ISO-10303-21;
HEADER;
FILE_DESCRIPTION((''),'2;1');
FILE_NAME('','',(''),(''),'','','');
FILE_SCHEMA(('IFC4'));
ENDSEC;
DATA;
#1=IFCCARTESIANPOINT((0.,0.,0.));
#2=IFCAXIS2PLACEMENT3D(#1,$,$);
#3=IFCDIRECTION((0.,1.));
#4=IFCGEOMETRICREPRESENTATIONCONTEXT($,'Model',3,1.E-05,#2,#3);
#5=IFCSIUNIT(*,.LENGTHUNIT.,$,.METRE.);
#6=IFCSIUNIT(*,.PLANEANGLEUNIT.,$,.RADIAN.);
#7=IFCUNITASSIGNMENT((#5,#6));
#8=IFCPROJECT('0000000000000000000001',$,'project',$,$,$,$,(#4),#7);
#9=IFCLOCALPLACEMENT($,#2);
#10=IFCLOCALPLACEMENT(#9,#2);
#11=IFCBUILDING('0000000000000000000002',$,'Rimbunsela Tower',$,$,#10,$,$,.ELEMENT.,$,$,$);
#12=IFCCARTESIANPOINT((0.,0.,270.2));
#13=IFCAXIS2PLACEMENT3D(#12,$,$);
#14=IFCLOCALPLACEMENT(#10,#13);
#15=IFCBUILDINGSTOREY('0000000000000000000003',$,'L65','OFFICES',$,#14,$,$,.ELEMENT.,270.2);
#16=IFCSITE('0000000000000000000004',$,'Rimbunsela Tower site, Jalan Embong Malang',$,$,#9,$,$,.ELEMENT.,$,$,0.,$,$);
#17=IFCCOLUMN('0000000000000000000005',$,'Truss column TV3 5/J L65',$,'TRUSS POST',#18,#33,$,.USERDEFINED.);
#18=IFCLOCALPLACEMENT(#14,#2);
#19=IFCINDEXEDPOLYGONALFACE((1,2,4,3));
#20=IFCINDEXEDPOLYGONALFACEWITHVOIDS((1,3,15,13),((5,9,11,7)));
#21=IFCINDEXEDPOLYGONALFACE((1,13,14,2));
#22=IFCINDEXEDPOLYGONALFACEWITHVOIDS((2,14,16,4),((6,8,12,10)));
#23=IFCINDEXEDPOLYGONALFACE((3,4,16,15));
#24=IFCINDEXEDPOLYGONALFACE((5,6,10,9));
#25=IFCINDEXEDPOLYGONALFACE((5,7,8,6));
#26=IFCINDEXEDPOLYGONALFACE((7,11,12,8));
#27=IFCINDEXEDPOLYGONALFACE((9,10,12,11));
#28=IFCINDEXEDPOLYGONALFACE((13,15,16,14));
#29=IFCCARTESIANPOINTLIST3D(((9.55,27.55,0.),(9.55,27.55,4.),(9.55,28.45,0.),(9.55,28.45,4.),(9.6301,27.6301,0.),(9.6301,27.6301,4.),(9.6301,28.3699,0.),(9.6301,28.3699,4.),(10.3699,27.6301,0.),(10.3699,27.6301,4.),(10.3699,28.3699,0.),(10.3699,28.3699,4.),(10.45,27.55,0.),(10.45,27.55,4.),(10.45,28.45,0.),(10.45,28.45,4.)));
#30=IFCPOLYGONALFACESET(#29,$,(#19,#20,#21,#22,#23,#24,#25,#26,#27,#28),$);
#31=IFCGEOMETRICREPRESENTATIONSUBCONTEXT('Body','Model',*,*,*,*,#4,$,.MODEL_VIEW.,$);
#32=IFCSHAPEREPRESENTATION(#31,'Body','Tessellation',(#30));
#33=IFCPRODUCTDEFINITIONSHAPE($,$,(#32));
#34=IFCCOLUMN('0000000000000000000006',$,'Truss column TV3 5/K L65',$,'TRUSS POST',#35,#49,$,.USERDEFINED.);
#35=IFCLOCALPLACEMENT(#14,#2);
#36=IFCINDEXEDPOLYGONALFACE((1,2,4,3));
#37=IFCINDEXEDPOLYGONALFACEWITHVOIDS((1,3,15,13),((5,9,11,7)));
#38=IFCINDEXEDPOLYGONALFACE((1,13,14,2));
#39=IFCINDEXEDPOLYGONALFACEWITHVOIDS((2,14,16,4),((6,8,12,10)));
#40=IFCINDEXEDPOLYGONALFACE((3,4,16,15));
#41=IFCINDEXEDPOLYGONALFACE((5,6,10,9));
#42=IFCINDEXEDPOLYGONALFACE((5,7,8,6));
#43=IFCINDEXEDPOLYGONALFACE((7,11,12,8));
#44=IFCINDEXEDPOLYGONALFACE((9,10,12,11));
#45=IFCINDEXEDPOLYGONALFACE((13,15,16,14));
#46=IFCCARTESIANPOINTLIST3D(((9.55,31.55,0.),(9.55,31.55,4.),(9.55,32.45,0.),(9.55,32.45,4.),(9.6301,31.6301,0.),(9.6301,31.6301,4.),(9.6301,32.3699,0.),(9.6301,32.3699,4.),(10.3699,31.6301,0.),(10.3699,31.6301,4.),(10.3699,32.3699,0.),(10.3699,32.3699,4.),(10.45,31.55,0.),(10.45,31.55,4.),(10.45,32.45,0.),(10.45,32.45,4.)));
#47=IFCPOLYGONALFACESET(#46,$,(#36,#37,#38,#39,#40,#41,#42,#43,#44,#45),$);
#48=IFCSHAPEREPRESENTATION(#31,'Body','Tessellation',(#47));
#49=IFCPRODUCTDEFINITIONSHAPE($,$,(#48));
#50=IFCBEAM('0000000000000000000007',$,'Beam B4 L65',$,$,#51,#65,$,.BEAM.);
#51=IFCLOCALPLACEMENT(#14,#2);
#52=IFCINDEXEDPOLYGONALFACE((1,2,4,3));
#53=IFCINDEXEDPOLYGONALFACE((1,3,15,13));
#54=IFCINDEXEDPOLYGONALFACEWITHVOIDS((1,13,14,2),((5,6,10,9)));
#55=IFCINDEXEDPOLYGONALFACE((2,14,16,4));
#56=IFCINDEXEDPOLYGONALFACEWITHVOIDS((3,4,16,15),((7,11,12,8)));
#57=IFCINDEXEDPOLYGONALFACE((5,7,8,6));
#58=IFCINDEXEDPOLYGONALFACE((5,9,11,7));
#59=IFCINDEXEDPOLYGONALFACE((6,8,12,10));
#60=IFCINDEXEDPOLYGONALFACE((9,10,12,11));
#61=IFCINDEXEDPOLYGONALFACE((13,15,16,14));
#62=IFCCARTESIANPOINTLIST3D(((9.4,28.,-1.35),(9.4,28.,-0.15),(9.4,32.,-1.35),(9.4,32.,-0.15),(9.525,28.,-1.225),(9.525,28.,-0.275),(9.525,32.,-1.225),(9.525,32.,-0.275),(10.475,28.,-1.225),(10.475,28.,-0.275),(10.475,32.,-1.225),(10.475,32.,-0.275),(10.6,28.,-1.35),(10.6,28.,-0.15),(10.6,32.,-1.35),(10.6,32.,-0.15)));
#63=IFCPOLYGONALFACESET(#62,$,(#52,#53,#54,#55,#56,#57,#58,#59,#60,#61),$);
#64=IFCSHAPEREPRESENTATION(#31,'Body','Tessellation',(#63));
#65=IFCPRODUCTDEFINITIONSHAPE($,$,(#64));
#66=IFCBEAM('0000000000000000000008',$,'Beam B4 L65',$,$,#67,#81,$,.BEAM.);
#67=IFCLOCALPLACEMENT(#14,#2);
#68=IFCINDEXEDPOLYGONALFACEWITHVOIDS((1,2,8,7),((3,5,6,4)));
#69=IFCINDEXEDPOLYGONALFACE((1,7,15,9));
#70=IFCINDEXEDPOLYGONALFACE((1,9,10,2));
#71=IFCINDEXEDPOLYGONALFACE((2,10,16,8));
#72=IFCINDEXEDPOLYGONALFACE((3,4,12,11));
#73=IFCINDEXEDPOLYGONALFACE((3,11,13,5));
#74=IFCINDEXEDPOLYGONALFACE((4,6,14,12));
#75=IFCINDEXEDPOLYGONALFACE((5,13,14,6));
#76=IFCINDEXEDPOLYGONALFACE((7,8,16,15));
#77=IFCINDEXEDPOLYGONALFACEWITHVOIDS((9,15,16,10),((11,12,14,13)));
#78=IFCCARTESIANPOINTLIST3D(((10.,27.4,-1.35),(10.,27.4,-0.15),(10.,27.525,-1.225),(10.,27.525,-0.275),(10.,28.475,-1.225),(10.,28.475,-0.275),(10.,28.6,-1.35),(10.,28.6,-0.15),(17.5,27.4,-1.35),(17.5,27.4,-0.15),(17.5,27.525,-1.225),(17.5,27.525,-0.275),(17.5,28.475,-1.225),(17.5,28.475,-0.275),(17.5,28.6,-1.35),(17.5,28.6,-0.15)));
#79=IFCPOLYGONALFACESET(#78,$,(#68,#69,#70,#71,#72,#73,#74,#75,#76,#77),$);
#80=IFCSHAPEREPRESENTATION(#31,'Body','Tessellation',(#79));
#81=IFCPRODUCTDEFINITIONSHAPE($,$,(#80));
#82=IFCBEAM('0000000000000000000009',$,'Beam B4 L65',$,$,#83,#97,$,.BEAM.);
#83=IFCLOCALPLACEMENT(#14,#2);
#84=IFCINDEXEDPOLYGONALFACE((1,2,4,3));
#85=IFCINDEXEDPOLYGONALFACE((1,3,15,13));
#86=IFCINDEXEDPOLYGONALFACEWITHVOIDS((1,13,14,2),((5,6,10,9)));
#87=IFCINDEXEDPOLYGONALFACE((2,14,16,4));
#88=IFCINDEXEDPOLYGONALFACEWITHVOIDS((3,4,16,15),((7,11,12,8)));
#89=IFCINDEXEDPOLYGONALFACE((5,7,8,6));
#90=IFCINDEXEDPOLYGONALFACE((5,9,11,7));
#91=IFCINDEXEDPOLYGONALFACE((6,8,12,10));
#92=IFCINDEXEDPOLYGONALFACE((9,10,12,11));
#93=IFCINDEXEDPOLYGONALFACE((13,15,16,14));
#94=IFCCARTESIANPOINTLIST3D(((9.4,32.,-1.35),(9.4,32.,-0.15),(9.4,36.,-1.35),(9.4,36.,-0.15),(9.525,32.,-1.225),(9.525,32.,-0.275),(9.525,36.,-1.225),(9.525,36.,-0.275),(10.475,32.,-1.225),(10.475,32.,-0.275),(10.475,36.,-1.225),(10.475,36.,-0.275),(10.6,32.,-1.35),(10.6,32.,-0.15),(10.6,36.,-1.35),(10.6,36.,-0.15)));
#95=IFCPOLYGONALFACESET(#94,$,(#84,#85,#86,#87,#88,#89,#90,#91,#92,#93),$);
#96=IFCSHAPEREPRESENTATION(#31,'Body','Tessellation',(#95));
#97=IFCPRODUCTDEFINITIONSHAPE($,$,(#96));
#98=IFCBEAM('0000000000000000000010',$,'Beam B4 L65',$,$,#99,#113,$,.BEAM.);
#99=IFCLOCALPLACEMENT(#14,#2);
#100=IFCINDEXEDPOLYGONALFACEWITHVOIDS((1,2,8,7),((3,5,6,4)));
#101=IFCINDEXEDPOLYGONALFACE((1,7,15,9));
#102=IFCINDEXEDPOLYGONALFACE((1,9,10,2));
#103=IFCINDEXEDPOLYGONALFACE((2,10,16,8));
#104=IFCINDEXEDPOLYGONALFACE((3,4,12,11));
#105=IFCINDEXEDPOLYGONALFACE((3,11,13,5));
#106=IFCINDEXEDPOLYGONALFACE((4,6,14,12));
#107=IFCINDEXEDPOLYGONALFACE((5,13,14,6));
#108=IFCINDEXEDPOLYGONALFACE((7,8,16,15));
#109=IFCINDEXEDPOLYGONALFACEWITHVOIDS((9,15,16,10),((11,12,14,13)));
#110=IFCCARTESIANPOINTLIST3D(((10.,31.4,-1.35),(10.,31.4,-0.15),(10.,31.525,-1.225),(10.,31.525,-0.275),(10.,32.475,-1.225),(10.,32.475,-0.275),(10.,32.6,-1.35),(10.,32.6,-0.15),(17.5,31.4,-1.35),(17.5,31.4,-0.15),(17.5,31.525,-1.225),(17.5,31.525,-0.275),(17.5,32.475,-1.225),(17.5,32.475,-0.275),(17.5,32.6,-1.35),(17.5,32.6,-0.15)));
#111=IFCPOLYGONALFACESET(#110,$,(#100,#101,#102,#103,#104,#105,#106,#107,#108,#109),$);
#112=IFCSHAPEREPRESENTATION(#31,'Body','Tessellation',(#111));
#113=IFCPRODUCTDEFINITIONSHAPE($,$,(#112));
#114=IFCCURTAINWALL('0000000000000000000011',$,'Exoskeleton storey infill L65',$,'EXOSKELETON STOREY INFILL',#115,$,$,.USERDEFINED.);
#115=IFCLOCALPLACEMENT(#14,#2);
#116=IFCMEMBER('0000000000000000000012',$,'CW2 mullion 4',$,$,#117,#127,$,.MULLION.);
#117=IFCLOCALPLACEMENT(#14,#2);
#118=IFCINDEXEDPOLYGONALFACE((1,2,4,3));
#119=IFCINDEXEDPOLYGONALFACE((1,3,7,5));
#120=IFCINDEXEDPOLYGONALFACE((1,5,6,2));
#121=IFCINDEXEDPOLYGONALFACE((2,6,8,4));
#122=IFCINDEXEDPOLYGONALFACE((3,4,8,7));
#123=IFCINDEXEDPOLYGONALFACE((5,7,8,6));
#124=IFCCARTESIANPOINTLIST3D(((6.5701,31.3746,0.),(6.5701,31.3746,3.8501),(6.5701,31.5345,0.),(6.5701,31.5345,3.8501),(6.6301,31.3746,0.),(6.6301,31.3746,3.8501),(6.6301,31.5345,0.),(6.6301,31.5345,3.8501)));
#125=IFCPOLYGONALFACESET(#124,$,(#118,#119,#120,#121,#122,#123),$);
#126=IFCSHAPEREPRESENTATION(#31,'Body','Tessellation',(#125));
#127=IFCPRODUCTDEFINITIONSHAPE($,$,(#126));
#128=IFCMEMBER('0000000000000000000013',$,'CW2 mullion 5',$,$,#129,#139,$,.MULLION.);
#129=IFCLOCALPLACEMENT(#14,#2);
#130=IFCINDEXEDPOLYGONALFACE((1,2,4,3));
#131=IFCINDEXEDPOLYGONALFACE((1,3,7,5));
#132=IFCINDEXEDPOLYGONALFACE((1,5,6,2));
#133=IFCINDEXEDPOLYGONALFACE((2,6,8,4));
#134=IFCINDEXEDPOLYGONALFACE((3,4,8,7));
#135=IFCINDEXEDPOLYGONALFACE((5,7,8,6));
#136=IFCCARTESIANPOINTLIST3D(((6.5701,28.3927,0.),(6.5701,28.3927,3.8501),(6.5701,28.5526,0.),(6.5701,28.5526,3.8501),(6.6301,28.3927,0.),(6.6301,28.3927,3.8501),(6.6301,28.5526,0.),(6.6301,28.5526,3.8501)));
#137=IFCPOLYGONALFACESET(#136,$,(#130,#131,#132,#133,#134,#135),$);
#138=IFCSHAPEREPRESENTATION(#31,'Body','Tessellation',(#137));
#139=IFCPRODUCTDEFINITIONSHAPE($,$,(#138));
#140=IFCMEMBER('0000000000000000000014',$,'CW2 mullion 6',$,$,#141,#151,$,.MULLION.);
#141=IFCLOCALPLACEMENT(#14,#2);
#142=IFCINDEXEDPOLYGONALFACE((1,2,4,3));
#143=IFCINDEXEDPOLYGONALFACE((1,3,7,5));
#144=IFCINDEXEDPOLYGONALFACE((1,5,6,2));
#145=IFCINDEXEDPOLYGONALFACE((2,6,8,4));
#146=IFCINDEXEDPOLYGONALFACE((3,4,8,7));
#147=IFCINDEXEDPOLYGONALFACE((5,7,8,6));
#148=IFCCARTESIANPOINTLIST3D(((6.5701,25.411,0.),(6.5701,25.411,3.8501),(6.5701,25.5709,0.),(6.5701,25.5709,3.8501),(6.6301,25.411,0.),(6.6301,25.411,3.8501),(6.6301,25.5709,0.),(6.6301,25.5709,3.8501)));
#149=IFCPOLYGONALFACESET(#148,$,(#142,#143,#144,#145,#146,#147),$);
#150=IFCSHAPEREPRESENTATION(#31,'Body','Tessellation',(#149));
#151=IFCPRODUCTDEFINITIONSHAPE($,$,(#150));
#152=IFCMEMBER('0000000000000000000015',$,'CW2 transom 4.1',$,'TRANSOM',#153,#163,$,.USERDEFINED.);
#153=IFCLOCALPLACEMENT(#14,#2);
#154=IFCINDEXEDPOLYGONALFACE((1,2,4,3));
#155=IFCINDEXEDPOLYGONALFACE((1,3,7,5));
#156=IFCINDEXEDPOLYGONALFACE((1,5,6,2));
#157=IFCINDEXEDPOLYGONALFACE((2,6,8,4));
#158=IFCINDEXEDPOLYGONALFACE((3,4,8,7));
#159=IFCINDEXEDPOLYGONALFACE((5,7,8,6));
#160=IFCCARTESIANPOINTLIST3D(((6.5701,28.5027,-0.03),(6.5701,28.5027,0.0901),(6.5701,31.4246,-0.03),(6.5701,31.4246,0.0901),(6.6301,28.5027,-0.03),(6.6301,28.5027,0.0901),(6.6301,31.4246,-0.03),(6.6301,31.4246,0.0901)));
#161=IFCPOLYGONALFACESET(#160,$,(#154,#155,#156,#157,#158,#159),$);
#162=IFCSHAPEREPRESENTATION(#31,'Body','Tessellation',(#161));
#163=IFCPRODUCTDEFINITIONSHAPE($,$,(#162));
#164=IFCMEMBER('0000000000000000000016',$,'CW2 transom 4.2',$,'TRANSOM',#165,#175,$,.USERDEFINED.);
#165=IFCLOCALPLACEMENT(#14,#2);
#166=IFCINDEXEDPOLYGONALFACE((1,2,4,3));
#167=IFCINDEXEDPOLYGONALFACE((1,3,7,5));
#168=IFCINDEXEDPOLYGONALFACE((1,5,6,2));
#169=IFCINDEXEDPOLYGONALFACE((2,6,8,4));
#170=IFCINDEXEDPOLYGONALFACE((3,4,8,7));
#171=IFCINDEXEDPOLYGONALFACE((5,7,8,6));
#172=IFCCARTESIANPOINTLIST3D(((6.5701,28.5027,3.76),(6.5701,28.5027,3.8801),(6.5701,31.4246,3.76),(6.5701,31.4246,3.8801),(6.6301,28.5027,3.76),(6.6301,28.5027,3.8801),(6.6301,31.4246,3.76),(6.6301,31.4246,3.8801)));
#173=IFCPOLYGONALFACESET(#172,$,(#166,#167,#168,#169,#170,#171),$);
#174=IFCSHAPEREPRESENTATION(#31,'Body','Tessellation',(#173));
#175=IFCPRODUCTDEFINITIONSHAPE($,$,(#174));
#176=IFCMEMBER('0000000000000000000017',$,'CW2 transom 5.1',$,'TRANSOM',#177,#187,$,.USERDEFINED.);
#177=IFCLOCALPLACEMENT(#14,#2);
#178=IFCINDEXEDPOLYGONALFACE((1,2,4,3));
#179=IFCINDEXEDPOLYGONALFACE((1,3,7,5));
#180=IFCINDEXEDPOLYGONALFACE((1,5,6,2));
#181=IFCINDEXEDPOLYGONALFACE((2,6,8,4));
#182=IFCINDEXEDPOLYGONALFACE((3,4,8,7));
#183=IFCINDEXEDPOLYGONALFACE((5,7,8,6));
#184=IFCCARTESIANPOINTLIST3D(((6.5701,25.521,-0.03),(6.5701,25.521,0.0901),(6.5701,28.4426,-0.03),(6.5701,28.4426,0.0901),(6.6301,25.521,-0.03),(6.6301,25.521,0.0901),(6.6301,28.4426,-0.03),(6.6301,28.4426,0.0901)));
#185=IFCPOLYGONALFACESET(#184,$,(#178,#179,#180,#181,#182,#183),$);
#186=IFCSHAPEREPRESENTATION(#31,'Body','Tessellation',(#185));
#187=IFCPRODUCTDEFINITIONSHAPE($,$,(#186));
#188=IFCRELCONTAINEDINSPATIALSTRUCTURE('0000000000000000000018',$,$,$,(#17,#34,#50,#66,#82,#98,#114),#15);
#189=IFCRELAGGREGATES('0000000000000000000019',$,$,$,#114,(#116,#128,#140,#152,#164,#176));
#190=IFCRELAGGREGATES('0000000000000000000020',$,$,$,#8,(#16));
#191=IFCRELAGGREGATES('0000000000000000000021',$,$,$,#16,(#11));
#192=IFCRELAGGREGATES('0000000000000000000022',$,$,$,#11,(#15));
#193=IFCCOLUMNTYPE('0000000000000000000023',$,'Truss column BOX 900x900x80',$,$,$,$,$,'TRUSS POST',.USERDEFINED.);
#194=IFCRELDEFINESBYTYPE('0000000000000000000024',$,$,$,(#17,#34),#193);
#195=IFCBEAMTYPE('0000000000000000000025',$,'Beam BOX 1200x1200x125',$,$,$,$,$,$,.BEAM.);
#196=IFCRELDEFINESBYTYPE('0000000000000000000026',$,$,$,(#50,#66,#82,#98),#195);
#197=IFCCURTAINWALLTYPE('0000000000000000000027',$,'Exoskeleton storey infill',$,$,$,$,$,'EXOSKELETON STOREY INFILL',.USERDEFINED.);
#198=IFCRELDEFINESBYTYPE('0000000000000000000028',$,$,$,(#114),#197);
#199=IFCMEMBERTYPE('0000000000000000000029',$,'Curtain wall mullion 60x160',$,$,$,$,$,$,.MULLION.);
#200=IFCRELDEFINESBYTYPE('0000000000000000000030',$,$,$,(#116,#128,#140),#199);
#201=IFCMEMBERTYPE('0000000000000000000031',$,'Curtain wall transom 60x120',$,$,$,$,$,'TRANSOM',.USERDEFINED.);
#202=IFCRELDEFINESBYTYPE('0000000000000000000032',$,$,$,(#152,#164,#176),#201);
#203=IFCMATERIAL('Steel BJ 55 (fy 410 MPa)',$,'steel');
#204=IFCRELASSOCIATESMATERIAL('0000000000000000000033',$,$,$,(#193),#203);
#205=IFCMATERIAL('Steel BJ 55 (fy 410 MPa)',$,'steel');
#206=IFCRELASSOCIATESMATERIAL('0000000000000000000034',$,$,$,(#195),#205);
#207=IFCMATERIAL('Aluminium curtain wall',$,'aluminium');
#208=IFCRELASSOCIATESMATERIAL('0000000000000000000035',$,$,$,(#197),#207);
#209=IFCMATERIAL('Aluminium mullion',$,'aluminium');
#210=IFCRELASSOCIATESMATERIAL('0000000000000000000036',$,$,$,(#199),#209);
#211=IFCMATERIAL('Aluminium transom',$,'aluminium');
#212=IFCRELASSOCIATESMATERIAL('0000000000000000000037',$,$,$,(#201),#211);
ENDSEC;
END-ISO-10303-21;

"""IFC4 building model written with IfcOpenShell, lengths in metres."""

from ifc_helpers import new_model, si_unit, direction, frame, origin, origin_2d, place, context, subcontext, project, spatial, rectangle, hollow_rectangle, extrude, material, material_profile, profile_set, type_object, element, aggregate, save


model = new_model("IFC4")

# Units and contexts
model_context = context("Model", 3, precision=1e-05, world=origin(), true_north=direction((0.0, 1.0)))
body_context = subcontext(model_context, "Body", "Model", "MODEL_VIEW")
ifc_project = project(units=[si_unit("LENGTHUNIT", "METRE"), si_unit("PLANEANGLEUNIT", "RADIAN")], contexts=[model_context])

# Site, building, storey
site_placement = place(None, origin())
site = spatial("IfcSite", under=ifc_project, at=site_placement, Name="Rimbunsela Tower site, Jalan Embong Malang", CompositionType="ELEMENT", RefElevation=0.0)
building_placement = place(site_placement, origin())
building = spatial("IfcBuilding", under=site, at=building_placement, Name="Rimbunsela Tower", CompositionType="ELEMENT")
storey_placement = place(building_placement, frame((0.0, 0.0, 270.2)))
storey = spatial("IfcBuildingStorey", under=building, at=storey_placement, Name="L65", Description="OFFICES", CompositionType="ELEMENT", Elevation=270.2)

# Columns
ifc_material_1 = material(Name="Steel BJ 55 (fy 410 MPa)", Category="steel")
ifc_material_profile_1 = material_profile(ifc_material_1, hollow_rectangle(XDim=0.8999, YDim=0.8999, WallThickness=0.0801, at=origin_2d()), Name="BOX 900x900x80")
ifc_profile_set_1 = profile_set([ifc_material_profile_1], Name="Steel BJ 55 (fy 410 MPa)")
column_type = type_object("IfcColumnType", Name="Truss column BOX 900x900x80", ElementType="TRUSS POST", PredefinedType="USERDEFINED", material=ifc_profile_set_1)
for number, where, z_axis, x_axis, name in (
    (1, (10.0, 28.0, 0.0), (0.0, 0.0, 1.0), (1.0, 0.0, 0.0), "Truss column TV3 5/J L65"),
    (2, (10.0, 32.0, 0.0), (0.0, 0.0, 1.0), (1.0, 0.0, 0.0), "Truss column TV3 5/K L65"),
):
    element("IfcColumn", number, at=place(storey_placement, frame(where, z_axis=z_axis, x_axis=x_axis)), inside=storey, type_object=column_type, Name=name, ObjectType="TRUSS POST", PredefinedType="USERDEFINED", context=body_context, shape_type="SweptSolid", body=[
        extrude(hollow_rectangle(XDim=0.8999, YDim=0.8999, WallThickness=0.0801, at=origin_2d()), origin(), (0.0, 0.0, 1.0), 4.0),
    ])

# Beams
ifc_material_2 = material(Name="Steel BJ 55 (fy 410 MPa)", Category="steel")
ifc_material_profile_2 = material_profile(ifc_material_2, hollow_rectangle(XDim=1.2, YDim=1.2, WallThickness=0.125, at=origin_2d()), Name="BOX 1200x1200x125")
ifc_profile_set_2 = profile_set([ifc_material_profile_2], Name="Steel BJ 55 (fy 410 MPa)")
beam_type_1 = type_object("IfcBeamType", Name="Beam BOX 1200x1200x125", PredefinedType="BEAM", material=ifc_profile_set_2)
beam_1_placement = place(storey_placement, frame((10.0, 28.0, -0.75), z_axis=(0.0, 1.0, 0.0), x_axis=(-1.0, 0.0, 0.0)))
element("IfcBeam", 3, at=beam_1_placement, inside=storey, type_object=beam_type_1, Name="Beam B4 L65", PredefinedType="BEAM", context=body_context, shape_type="SweptSolid", body=[
    extrude(hollow_rectangle(XDim=1.2, YDim=1.2, WallThickness=0.125, at=origin_2d()), origin(), (0.0, 0.0, 1.0), 4.0),
])
beam_2_placement = place(storey_placement, frame((10.0, 28.0, -0.75), z_axis=(1.0, 0.0, 0.0), x_axis=(0.0, 1.0, 0.0)))
element("IfcBeam", 4, at=beam_2_placement, inside=storey, type_object=beam_type_1, Name="Beam B4 L65", PredefinedType="BEAM", context=body_context, shape_type="SweptSolid", body=[
    extrude(hollow_rectangle(XDim=1.2, YDim=1.2, WallThickness=0.125, at=origin_2d()), origin(), (0.0, 0.0, 1.0), 7.5),
])
beam_3_placement = place(storey_placement, frame((10.0, 32.0, -0.75), z_axis=(0.0, 1.0, 0.0), x_axis=(-1.0, 0.0, 0.0)))
element("IfcBeam", 5, at=beam_3_placement, inside=storey, type_object=beam_type_1, Name="Beam B4 L65", PredefinedType="BEAM", context=body_context, shape_type="SweptSolid", body=[
    extrude(hollow_rectangle(XDim=1.2, YDim=1.2, WallThickness=0.125, at=origin_2d()), origin(), (0.0, 0.0, 1.0), 4.0),
])
beam_4_placement = place(storey_placement, frame((10.0, 32.0, -0.75), z_axis=(1.0, 0.0, 0.0), x_axis=(0.0, 1.0, 0.0)))
element("IfcBeam", 6, at=beam_4_placement, inside=storey, type_object=beam_type_1, Name="Beam B4 L65", PredefinedType="BEAM", context=body_context, shape_type="SweptSolid", body=[
    extrude(hollow_rectangle(XDim=1.2, YDim=1.2, WallThickness=0.125, at=origin_2d()), origin(), (0.0, 0.0, 1.0), 7.5),
])

# Curtain wall, members
ifc_material_3 = material(Name="Aluminium curtain wall", Category="aluminium")
curtain_wall_type = type_object("IfcCurtainWallType", Name="Exoskeleton storey infill", ElementType="EXOSKELETON STOREY INFILL", PredefinedType="USERDEFINED", material=ifc_material_3)
curtain_wall_placement = place(storey_placement, origin())
curtain_wall = element("IfcCurtainWall", 7, at=curtain_wall_placement, inside=storey, type_object=curtain_wall_type, Name="Exoskeleton storey infill L65", ObjectType="EXOSKELETON STOREY INFILL", PredefinedType="USERDEFINED")
ifc_material_4 = material(Name="Aluminium mullion", Category="aluminium")
ifc_material_profile_3 = material_profile(ifc_material_4, rectangle(XDim=0.0601, YDim=0.1599, at=origin_2d()), Name="Mullion 60x160")
ifc_profile_set_3 = profile_set([ifc_material_profile_3], Name="Aluminium mullion")
member_type_1 = type_object("IfcMemberType", Name="Curtain wall mullion 60x160", PredefinedType="MULLION", material=ifc_profile_set_3)
member_1_placement = place(storey_placement, frame((6.6001, 31.4546, 0.0), z_axis=(0.0, 0.0, 1.0), x_axis=(1.0, 0.0, 0.0)))
member_1 = element("IfcMember", 8, at=member_1_placement, type_object=member_type_1, Name="CW2 mullion 4", PredefinedType="MULLION", context=body_context, shape_type="SweptSolid", body=[
    extrude(rectangle(XDim=0.0601, YDim=0.1599, at=origin_2d()), origin(), (0.0, 0.0, 1.0), 3.8501),
])
member_2_placement = place(storey_placement, frame((6.6001, 28.4727, 0.0), z_axis=(0.0, 0.0, 1.0), x_axis=(1.0, 0.0, 0.0)))
member_2 = element("IfcMember", 9, at=member_2_placement, type_object=member_type_1, Name="CW2 mullion 5", PredefinedType="MULLION", context=body_context, shape_type="SweptSolid", body=[
    extrude(rectangle(XDim=0.0601, YDim=0.1599, at=origin_2d()), origin(), (0.0, 0.0, 1.0), 3.8501),
])
member_3_placement = place(storey_placement, frame((6.6001, 25.491, 0.0), z_axis=(0.0, 0.0, 1.0), x_axis=(1.0, 0.0, 0.0)))
member_3 = element("IfcMember", 10, at=member_3_placement, type_object=member_type_1, Name="CW2 mullion 6", PredefinedType="MULLION", context=body_context, shape_type="SweptSolid", body=[
    extrude(rectangle(XDim=0.0601, YDim=0.1599, at=origin_2d()), origin(), (0.0, 0.0, 1.0), 3.8501),
])
ifc_material_5 = material(Name="Aluminium transom", Category="aluminium")
ifc_material_profile_4 = material_profile(ifc_material_5, rectangle(XDim=0.0601, YDim=0.1201, at=origin_2d()), Name="Transom 60x120")
ifc_profile_set_4 = profile_set([ifc_material_profile_4], Name="Aluminium transom")
member_type_2 = type_object("IfcMemberType", Name="Curtain wall transom 60x120", ElementType="TRANSOM", PredefinedType="USERDEFINED", material=ifc_profile_set_4)
member_4_placement = place(storey_placement, frame((6.6001, 31.4246, 0.03), z_axis=(0.0, -1.0, 0.0), x_axis=(1.0, 0.0, 0.0)))
member_4 = element("IfcMember", 11, at=member_4_placement, type_object=member_type_2, Name="CW2 transom 4.1", ObjectType="TRANSOM", PredefinedType="USERDEFINED", context=body_context, shape_type="SweptSolid", body=[
    extrude(rectangle(XDim=0.0601, YDim=0.1201, at=origin_2d()), origin(), (0.0, 0.0, 1.0), 2.9219),
])
member_5_placement = place(storey_placement, frame((6.6001, 31.4246, 3.8201), z_axis=(0.0, -1.0, 0.0), x_axis=(1.0, 0.0, 0.0)))
member_5 = element("IfcMember", 12, at=member_5_placement, type_object=member_type_2, Name="CW2 transom 4.2", ObjectType="TRANSOM", PredefinedType="USERDEFINED", context=body_context, shape_type="SweptSolid", body=[
    extrude(rectangle(XDim=0.0601, YDim=0.1201, at=origin_2d()), origin(), (0.0, 0.0, 1.0), 2.9219),
])
member_6_placement = place(storey_placement, frame((6.6001, 28.4426, 0.03), z_axis=(0.0, -1.0, 0.0), x_axis=(1.0, 0.0, 0.0)))
member_6 = element("IfcMember", 13, at=member_6_placement, type_object=member_type_2, Name="CW2 transom 5.1", ObjectType="TRANSOM", PredefinedType="USERDEFINED", context=body_context, shape_type="SweptSolid", body=[
    extrude(rectangle(XDim=0.0601, YDim=0.1201, at=origin_2d()), origin(), (0.0, 0.0, 1.0), 2.9216),
])

aggregate(curtain_wall, [member_1, member_2, member_3, member_4, member_5, member_6])

save(model, "model.ifc")
